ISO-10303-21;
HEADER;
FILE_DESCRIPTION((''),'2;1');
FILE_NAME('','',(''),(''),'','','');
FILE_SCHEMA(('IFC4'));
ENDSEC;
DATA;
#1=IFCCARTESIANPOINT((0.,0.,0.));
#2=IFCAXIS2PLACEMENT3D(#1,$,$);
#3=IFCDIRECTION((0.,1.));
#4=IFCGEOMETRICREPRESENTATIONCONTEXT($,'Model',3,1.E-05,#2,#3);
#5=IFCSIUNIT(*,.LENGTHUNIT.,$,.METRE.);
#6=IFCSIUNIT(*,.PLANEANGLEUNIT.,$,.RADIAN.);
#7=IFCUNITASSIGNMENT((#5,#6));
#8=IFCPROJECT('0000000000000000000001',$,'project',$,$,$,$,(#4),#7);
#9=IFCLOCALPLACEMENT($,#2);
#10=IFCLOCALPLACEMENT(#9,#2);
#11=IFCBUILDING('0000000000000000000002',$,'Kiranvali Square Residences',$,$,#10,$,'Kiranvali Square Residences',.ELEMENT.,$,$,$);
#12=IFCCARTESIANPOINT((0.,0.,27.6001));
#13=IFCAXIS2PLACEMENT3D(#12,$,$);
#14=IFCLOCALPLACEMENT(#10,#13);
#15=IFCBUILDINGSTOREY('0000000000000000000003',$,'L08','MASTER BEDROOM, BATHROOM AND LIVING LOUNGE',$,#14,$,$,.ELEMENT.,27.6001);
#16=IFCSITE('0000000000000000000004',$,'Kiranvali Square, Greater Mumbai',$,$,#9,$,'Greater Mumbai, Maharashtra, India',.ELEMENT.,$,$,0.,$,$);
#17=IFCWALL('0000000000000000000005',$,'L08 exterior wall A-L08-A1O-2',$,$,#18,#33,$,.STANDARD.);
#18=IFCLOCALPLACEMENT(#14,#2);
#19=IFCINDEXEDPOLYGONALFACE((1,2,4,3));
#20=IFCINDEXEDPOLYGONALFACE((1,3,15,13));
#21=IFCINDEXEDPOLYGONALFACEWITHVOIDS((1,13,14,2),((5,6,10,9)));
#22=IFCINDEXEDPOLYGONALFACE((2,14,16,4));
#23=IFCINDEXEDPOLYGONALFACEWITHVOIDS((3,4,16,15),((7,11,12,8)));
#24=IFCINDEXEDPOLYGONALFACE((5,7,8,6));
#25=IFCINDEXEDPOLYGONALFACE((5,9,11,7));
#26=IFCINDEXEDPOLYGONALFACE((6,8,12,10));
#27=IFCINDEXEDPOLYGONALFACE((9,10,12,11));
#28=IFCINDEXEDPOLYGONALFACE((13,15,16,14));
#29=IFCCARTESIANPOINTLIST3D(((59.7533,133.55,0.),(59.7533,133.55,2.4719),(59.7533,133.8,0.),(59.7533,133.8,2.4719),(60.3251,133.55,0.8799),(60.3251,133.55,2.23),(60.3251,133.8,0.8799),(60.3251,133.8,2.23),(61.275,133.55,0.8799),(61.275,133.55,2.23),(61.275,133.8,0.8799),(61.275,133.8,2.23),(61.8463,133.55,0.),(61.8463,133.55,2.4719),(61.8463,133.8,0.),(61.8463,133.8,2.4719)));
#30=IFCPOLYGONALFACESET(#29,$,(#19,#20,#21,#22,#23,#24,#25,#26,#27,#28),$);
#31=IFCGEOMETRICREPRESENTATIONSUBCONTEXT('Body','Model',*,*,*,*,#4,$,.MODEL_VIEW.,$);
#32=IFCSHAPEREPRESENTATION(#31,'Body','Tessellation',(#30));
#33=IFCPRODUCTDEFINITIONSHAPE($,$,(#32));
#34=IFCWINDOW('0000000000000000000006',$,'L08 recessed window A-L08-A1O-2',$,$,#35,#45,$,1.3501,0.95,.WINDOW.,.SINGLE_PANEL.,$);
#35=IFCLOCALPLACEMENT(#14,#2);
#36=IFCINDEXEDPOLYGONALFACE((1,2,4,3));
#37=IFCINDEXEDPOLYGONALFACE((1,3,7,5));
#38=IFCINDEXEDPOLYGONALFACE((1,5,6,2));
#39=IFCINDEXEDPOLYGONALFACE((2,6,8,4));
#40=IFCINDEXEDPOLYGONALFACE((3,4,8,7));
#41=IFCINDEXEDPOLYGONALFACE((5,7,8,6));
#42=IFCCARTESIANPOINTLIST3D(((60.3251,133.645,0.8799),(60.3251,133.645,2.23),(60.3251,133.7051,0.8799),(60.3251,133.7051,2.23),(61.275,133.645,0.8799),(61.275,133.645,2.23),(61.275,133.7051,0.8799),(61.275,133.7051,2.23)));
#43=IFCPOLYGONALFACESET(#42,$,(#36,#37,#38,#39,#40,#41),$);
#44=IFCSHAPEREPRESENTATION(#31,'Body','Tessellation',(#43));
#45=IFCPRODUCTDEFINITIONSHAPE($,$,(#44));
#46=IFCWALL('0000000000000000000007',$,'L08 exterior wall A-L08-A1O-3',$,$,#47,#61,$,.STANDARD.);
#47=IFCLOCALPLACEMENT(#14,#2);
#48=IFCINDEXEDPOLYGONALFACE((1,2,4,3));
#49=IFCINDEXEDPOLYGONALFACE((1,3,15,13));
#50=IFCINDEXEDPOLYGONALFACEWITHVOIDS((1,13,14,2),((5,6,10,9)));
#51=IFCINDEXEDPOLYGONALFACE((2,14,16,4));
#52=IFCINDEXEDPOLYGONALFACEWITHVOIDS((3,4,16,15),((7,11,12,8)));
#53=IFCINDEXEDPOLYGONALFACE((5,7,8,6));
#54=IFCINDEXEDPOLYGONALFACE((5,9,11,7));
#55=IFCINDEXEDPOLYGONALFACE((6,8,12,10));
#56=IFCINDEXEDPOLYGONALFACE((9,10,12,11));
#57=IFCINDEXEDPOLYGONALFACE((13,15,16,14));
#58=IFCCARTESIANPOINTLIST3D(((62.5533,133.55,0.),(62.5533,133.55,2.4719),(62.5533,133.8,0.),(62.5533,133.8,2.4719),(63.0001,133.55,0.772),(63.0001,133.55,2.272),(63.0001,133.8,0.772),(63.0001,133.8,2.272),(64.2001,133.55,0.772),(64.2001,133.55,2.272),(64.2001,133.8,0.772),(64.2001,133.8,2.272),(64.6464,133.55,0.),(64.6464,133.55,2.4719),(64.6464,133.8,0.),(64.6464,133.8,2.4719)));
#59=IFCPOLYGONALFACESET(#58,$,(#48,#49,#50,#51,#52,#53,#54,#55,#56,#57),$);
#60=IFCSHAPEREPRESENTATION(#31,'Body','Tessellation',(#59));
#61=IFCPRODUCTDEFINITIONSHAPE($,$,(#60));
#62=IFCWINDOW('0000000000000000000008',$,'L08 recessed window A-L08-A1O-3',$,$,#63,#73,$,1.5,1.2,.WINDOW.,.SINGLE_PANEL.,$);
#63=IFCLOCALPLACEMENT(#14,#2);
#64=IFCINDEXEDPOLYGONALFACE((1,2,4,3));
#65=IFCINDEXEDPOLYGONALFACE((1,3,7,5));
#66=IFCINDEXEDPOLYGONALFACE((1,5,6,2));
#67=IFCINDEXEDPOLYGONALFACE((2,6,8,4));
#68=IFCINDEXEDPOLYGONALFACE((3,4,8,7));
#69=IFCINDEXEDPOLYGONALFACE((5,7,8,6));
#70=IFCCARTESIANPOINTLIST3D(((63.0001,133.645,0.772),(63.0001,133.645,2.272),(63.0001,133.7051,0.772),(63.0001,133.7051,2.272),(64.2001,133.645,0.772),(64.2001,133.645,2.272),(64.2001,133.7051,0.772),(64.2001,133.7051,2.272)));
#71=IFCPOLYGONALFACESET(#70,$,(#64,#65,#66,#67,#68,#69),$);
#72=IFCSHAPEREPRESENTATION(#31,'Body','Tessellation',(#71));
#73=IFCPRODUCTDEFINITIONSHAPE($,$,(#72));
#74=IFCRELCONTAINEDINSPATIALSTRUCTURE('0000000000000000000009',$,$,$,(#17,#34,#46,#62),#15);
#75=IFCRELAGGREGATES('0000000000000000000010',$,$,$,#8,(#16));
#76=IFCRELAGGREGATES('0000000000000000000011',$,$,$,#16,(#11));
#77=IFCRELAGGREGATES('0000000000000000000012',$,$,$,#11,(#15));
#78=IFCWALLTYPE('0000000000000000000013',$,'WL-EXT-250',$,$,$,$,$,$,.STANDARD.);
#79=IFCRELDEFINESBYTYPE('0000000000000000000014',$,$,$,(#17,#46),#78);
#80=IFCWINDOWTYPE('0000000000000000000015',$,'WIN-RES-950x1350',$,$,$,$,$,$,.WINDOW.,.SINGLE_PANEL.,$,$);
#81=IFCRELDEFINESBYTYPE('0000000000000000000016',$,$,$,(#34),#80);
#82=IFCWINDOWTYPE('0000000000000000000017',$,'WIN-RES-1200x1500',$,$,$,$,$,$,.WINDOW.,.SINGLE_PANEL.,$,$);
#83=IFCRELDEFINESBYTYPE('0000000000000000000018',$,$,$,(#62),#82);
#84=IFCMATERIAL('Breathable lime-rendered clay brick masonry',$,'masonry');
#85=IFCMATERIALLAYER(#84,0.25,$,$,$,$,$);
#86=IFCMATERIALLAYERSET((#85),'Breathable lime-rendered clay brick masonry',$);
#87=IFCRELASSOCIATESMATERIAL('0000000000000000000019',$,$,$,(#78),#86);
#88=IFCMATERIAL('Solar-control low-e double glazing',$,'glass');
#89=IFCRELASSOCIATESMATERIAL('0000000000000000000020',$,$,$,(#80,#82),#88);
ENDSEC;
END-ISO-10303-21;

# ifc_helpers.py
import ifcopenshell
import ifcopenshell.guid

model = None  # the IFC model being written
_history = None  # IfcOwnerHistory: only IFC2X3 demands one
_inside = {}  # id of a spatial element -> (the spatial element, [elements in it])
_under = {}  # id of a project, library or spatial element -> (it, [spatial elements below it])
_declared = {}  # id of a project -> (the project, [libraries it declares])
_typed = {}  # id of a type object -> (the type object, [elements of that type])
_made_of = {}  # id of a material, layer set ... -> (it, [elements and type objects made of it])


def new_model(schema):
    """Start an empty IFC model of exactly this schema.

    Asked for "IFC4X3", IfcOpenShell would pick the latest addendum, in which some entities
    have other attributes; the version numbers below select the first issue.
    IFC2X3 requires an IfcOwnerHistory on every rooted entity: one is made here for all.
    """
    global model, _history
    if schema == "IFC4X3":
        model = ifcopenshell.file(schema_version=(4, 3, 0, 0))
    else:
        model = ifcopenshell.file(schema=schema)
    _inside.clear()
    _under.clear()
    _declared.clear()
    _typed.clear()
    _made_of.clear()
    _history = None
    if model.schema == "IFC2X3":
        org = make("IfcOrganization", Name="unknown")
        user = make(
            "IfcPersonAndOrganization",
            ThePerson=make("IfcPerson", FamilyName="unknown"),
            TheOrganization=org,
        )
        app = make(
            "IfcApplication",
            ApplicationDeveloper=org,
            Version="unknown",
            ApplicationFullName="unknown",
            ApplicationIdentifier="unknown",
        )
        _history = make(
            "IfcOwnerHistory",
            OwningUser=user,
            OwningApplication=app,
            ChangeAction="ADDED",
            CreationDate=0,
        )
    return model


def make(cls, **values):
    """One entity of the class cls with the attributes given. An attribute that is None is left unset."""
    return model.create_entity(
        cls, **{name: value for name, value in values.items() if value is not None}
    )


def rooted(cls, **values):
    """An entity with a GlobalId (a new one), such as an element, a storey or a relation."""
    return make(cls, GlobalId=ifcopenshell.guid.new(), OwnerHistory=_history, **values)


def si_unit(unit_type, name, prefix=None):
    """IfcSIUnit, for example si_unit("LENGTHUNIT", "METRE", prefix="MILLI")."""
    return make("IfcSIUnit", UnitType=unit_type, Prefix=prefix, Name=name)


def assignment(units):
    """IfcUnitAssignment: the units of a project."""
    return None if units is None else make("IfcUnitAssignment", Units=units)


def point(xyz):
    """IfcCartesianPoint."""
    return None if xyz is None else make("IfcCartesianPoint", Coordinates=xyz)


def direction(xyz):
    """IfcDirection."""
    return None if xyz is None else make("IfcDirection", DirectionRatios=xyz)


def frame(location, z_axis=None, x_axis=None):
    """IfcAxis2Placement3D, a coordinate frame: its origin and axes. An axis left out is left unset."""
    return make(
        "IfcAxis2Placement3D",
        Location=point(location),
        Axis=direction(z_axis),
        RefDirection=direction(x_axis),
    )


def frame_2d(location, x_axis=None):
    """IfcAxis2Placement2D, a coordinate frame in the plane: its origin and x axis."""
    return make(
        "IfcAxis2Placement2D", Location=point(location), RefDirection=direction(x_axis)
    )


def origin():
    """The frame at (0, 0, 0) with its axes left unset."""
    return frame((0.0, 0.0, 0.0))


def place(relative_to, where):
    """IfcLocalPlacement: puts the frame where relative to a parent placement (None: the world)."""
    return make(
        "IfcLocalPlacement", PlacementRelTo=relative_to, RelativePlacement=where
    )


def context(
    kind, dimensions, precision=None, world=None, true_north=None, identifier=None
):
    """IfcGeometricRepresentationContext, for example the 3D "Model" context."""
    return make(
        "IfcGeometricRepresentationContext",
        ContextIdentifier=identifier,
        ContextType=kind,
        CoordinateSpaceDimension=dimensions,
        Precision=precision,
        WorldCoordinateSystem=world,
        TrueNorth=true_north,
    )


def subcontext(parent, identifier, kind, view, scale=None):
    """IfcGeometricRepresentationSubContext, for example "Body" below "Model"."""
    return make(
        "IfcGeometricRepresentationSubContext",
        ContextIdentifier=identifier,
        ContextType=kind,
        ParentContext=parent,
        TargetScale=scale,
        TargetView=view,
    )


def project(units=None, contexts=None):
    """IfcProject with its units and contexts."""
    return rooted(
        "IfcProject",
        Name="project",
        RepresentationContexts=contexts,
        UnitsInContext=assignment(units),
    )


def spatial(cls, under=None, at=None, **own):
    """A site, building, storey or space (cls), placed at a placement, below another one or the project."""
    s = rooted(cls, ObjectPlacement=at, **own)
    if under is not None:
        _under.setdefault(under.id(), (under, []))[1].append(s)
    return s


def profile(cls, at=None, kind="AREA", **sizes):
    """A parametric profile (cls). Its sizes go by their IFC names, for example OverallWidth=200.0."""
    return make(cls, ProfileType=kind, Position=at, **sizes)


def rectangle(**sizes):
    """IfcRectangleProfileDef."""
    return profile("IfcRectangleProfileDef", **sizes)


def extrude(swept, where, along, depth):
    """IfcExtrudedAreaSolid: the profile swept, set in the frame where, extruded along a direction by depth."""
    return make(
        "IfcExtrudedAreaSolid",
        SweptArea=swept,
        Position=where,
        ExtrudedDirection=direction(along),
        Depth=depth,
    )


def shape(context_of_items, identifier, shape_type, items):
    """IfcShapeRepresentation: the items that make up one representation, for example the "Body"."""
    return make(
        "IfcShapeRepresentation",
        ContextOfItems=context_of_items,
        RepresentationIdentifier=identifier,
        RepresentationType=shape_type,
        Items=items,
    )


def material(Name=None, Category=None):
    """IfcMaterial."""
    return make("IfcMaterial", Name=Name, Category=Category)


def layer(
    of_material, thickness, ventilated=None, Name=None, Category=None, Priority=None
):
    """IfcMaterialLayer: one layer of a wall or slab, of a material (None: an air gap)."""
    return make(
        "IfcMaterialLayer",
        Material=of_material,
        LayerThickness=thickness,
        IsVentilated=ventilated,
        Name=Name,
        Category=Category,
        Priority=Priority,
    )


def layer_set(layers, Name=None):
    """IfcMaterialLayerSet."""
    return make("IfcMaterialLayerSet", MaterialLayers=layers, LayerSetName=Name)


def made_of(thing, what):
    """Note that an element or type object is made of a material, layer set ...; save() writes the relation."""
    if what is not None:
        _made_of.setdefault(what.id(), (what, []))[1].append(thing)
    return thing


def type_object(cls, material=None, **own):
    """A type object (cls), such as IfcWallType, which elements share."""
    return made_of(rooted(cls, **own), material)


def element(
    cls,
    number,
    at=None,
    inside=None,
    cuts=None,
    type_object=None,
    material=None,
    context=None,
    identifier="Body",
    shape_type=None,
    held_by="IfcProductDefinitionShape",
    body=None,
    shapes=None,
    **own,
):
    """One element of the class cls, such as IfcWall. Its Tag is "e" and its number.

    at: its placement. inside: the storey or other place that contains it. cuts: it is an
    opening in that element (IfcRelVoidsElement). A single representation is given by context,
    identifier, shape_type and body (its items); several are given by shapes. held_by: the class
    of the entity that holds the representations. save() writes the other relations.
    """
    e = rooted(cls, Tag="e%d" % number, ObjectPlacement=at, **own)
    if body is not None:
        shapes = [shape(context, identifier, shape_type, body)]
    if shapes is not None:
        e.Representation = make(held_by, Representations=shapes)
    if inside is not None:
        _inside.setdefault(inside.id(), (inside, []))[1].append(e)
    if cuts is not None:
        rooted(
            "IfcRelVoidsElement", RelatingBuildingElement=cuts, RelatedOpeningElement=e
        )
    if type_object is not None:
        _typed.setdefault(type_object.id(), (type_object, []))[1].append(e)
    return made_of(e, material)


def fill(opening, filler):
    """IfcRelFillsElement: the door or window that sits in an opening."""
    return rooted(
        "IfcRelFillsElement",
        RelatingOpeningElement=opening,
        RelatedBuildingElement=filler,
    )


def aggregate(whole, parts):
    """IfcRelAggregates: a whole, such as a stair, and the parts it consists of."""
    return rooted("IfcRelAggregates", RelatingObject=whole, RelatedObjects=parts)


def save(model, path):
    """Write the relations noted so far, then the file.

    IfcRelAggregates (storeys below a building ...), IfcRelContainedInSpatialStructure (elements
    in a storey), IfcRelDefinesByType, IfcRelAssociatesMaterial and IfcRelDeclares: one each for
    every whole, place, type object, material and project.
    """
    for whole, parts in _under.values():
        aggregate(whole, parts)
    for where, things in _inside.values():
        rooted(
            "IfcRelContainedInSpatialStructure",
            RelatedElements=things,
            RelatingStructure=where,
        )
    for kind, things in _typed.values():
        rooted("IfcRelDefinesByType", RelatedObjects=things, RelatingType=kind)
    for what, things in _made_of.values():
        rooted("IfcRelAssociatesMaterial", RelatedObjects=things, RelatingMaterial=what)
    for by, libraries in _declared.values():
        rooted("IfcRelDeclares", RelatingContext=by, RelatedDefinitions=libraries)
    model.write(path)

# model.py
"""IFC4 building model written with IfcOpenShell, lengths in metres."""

from ifc_helpers import new_model, si_unit, direction, frame, frame_2d, origin, place, context, subcontext, project, spatial, rectangle, extrude, material, layer, layer_set, type_object, element, fill, save


model = new_model("IFC4")

# Units and contexts
model_context = context("Model", 3, precision=1e-05, world=origin(), true_north=direction((0.0, 1.0)))
body_context = subcontext(model_context, "Body", "Model", "MODEL_VIEW")
ifc_project = project(units=[si_unit("LENGTHUNIT", "METRE"), si_unit("PLANEANGLEUNIT", "RADIAN")], contexts=[model_context])

# Site, building, storey
site_placement = place(None, origin())
site = spatial("IfcSite", under=ifc_project, at=site_placement, Name="Kiranvali Square, Greater Mumbai", LongName="Greater Mumbai, Maharashtra, India", CompositionType="ELEMENT", RefElevation=0.0)
building_placement = place(site_placement, origin())
building = spatial("IfcBuilding", under=site, at=building_placement, Name="Kiranvali Square Residences", LongName="Kiranvali Square Residences", CompositionType="ELEMENT")
storey_placement = place(building_placement, frame((0.0, 0.0, 27.6001)))
storey = spatial("IfcBuildingStorey", under=building, at=storey_placement, Name="L08", Description="MASTER BEDROOM, BATHROOM AND LIVING LOUNGE", CompositionType="ELEMENT", Elevation=27.6001)

# Walls, openings, windows
ifc_material_1 = material(Name="Breathable lime-rendered clay brick masonry", Category="masonry")
ifc_layer = layer(ifc_material_1, 0.25)
ifc_layer_set = layer_set([ifc_layer], Name="Breathable lime-rendered clay brick masonry")
wall_type = type_object("IfcWallType", Name="WL-EXT-250", PredefinedType="STANDARD", material=ifc_layer_set)
wall_1_placement = place(storey_placement, frame((59.7534, 133.675, 0.0), z_axis=(0.0, 0.0, 1.0), x_axis=(1.0, 0.0, 0.0)))
wall_1 = element("IfcWall", 1, at=wall_1_placement, inside=storey, type_object=wall_type, Name="L08 exterior wall A-L08-A1O-2", PredefinedType="STANDARD", context=body_context, shape_type="SweptSolid", body=[
    extrude(rectangle(XDim=2.093, YDim=0.25, at=frame_2d((1.0464, 0.0))), origin(), (0.0, 0.0, 1.0), 2.4719),
])
opening_1_placement = place(wall_1_placement, frame((0.5715, 0.0, 0.8799)))
opening_1 = element("IfcOpeningElement", 2, at=opening_1_placement, cuts=wall_1, PredefinedType="OPENING", context=body_context, shape_type="SweptSolid", body=[
    extrude(rectangle(XDim=0.95, YDim=1.3501, at=frame_2d((0.4751, 0.675))), frame((0.0, 0.135, 0.0), z_axis=(0.0, -1.0, 0.0), x_axis=(1.0, 0.0, 0.0)), (0.0, 0.0, 1.0), 0.27),
])
ifc_material_2 = material(Name="Solar-control low-e double glazing", Category="glass")
window_type_1 = type_object("IfcWindowType", Name="WIN-RES-950x1350", PartitioningType="SINGLE_PANEL", PredefinedType="WINDOW", material=ifc_material_2)
window_1_placement = place(opening_1_placement, origin())
window_1 = element("IfcWindow", 3, at=window_1_placement, inside=storey, type_object=window_type_1, Name="L08 recessed window A-L08-A1O-2", OverallHeight=1.3501, OverallWidth=0.95, PartitioningType="SINGLE_PANEL", PredefinedType="WINDOW", context=body_context, shape_type="SweptSolid", body=[
    extrude(rectangle(XDim=0.95, YDim=1.3501, at=frame_2d((0.4751, 0.675))), frame((0.0, 0.03, 0.0), z_axis=(0.0, -1.0, 0.0), x_axis=(1.0, 0.0, 0.0)), (0.0, 0.0, 1.0), 0.0601),
])
fill(opening_1, window_1)
wall_2_placement = place(storey_placement, frame((62.5535, 133.675, 0.0), z_axis=(0.0, 0.0, 1.0), x_axis=(1.0, 0.0, 0.0)))
wall_2 = element("IfcWall", 4, at=wall_2_placement, inside=storey, type_object=wall_type, Name="L08 exterior wall A-L08-A1O-3", PredefinedType="STANDARD", context=body_context, shape_type="SweptSolid", body=[
    extrude(rectangle(XDim=2.093, YDim=0.25, at=frame_2d((1.0464, 0.0))), origin(), (0.0, 0.0, 1.0), 2.4719),
])
opening_2_placement = place(wall_2_placement, frame((0.4465, 0.0, 0.772)))
opening_2 = element("IfcOpeningElement", 5, at=opening_2_placement, cuts=wall_2, PredefinedType="OPENING", context=body_context, shape_type="SweptSolid", body=[
    extrude(rectangle(XDim=1.2, YDim=1.5, at=frame_2d((0.6001, 0.75))), frame((0.0, 0.135, 0.0), z_axis=(0.0, -1.0, 0.0), x_axis=(1.0, 0.0, 0.0)), (0.0, 0.0, 1.0), 0.27),
])
window_type_2 = type_object("IfcWindowType", Name="WIN-RES-1200x1500", PartitioningType="SINGLE_PANEL", PredefinedType="WINDOW", material=ifc_material_2)
window_2_placement = place(opening_2_placement, origin())
window_2 = element("IfcWindow", 6, at=window_2_placement, inside=storey, type_object=window_type_2, Name="L08 recessed window A-L08-A1O-3", OverallHeight=1.5, OverallWidth=1.2, PartitioningType="SINGLE_PANEL", PredefinedType="WINDOW", context=body_context, shape_type="SweptSolid", body=[
    extrude(rectangle(XDim=1.2, YDim=1.5, at=frame_2d((0.6001, 0.75))), frame((0.0, 0.03, 0.0), z_axis=(0.0, -1.0, 0.0), x_axis=(1.0, 0.0, 0.0)), (0.0, 0.0, 1.0), 0.0601),
])
fill(opening_2, window_2)

save(model, "model.ifc")
